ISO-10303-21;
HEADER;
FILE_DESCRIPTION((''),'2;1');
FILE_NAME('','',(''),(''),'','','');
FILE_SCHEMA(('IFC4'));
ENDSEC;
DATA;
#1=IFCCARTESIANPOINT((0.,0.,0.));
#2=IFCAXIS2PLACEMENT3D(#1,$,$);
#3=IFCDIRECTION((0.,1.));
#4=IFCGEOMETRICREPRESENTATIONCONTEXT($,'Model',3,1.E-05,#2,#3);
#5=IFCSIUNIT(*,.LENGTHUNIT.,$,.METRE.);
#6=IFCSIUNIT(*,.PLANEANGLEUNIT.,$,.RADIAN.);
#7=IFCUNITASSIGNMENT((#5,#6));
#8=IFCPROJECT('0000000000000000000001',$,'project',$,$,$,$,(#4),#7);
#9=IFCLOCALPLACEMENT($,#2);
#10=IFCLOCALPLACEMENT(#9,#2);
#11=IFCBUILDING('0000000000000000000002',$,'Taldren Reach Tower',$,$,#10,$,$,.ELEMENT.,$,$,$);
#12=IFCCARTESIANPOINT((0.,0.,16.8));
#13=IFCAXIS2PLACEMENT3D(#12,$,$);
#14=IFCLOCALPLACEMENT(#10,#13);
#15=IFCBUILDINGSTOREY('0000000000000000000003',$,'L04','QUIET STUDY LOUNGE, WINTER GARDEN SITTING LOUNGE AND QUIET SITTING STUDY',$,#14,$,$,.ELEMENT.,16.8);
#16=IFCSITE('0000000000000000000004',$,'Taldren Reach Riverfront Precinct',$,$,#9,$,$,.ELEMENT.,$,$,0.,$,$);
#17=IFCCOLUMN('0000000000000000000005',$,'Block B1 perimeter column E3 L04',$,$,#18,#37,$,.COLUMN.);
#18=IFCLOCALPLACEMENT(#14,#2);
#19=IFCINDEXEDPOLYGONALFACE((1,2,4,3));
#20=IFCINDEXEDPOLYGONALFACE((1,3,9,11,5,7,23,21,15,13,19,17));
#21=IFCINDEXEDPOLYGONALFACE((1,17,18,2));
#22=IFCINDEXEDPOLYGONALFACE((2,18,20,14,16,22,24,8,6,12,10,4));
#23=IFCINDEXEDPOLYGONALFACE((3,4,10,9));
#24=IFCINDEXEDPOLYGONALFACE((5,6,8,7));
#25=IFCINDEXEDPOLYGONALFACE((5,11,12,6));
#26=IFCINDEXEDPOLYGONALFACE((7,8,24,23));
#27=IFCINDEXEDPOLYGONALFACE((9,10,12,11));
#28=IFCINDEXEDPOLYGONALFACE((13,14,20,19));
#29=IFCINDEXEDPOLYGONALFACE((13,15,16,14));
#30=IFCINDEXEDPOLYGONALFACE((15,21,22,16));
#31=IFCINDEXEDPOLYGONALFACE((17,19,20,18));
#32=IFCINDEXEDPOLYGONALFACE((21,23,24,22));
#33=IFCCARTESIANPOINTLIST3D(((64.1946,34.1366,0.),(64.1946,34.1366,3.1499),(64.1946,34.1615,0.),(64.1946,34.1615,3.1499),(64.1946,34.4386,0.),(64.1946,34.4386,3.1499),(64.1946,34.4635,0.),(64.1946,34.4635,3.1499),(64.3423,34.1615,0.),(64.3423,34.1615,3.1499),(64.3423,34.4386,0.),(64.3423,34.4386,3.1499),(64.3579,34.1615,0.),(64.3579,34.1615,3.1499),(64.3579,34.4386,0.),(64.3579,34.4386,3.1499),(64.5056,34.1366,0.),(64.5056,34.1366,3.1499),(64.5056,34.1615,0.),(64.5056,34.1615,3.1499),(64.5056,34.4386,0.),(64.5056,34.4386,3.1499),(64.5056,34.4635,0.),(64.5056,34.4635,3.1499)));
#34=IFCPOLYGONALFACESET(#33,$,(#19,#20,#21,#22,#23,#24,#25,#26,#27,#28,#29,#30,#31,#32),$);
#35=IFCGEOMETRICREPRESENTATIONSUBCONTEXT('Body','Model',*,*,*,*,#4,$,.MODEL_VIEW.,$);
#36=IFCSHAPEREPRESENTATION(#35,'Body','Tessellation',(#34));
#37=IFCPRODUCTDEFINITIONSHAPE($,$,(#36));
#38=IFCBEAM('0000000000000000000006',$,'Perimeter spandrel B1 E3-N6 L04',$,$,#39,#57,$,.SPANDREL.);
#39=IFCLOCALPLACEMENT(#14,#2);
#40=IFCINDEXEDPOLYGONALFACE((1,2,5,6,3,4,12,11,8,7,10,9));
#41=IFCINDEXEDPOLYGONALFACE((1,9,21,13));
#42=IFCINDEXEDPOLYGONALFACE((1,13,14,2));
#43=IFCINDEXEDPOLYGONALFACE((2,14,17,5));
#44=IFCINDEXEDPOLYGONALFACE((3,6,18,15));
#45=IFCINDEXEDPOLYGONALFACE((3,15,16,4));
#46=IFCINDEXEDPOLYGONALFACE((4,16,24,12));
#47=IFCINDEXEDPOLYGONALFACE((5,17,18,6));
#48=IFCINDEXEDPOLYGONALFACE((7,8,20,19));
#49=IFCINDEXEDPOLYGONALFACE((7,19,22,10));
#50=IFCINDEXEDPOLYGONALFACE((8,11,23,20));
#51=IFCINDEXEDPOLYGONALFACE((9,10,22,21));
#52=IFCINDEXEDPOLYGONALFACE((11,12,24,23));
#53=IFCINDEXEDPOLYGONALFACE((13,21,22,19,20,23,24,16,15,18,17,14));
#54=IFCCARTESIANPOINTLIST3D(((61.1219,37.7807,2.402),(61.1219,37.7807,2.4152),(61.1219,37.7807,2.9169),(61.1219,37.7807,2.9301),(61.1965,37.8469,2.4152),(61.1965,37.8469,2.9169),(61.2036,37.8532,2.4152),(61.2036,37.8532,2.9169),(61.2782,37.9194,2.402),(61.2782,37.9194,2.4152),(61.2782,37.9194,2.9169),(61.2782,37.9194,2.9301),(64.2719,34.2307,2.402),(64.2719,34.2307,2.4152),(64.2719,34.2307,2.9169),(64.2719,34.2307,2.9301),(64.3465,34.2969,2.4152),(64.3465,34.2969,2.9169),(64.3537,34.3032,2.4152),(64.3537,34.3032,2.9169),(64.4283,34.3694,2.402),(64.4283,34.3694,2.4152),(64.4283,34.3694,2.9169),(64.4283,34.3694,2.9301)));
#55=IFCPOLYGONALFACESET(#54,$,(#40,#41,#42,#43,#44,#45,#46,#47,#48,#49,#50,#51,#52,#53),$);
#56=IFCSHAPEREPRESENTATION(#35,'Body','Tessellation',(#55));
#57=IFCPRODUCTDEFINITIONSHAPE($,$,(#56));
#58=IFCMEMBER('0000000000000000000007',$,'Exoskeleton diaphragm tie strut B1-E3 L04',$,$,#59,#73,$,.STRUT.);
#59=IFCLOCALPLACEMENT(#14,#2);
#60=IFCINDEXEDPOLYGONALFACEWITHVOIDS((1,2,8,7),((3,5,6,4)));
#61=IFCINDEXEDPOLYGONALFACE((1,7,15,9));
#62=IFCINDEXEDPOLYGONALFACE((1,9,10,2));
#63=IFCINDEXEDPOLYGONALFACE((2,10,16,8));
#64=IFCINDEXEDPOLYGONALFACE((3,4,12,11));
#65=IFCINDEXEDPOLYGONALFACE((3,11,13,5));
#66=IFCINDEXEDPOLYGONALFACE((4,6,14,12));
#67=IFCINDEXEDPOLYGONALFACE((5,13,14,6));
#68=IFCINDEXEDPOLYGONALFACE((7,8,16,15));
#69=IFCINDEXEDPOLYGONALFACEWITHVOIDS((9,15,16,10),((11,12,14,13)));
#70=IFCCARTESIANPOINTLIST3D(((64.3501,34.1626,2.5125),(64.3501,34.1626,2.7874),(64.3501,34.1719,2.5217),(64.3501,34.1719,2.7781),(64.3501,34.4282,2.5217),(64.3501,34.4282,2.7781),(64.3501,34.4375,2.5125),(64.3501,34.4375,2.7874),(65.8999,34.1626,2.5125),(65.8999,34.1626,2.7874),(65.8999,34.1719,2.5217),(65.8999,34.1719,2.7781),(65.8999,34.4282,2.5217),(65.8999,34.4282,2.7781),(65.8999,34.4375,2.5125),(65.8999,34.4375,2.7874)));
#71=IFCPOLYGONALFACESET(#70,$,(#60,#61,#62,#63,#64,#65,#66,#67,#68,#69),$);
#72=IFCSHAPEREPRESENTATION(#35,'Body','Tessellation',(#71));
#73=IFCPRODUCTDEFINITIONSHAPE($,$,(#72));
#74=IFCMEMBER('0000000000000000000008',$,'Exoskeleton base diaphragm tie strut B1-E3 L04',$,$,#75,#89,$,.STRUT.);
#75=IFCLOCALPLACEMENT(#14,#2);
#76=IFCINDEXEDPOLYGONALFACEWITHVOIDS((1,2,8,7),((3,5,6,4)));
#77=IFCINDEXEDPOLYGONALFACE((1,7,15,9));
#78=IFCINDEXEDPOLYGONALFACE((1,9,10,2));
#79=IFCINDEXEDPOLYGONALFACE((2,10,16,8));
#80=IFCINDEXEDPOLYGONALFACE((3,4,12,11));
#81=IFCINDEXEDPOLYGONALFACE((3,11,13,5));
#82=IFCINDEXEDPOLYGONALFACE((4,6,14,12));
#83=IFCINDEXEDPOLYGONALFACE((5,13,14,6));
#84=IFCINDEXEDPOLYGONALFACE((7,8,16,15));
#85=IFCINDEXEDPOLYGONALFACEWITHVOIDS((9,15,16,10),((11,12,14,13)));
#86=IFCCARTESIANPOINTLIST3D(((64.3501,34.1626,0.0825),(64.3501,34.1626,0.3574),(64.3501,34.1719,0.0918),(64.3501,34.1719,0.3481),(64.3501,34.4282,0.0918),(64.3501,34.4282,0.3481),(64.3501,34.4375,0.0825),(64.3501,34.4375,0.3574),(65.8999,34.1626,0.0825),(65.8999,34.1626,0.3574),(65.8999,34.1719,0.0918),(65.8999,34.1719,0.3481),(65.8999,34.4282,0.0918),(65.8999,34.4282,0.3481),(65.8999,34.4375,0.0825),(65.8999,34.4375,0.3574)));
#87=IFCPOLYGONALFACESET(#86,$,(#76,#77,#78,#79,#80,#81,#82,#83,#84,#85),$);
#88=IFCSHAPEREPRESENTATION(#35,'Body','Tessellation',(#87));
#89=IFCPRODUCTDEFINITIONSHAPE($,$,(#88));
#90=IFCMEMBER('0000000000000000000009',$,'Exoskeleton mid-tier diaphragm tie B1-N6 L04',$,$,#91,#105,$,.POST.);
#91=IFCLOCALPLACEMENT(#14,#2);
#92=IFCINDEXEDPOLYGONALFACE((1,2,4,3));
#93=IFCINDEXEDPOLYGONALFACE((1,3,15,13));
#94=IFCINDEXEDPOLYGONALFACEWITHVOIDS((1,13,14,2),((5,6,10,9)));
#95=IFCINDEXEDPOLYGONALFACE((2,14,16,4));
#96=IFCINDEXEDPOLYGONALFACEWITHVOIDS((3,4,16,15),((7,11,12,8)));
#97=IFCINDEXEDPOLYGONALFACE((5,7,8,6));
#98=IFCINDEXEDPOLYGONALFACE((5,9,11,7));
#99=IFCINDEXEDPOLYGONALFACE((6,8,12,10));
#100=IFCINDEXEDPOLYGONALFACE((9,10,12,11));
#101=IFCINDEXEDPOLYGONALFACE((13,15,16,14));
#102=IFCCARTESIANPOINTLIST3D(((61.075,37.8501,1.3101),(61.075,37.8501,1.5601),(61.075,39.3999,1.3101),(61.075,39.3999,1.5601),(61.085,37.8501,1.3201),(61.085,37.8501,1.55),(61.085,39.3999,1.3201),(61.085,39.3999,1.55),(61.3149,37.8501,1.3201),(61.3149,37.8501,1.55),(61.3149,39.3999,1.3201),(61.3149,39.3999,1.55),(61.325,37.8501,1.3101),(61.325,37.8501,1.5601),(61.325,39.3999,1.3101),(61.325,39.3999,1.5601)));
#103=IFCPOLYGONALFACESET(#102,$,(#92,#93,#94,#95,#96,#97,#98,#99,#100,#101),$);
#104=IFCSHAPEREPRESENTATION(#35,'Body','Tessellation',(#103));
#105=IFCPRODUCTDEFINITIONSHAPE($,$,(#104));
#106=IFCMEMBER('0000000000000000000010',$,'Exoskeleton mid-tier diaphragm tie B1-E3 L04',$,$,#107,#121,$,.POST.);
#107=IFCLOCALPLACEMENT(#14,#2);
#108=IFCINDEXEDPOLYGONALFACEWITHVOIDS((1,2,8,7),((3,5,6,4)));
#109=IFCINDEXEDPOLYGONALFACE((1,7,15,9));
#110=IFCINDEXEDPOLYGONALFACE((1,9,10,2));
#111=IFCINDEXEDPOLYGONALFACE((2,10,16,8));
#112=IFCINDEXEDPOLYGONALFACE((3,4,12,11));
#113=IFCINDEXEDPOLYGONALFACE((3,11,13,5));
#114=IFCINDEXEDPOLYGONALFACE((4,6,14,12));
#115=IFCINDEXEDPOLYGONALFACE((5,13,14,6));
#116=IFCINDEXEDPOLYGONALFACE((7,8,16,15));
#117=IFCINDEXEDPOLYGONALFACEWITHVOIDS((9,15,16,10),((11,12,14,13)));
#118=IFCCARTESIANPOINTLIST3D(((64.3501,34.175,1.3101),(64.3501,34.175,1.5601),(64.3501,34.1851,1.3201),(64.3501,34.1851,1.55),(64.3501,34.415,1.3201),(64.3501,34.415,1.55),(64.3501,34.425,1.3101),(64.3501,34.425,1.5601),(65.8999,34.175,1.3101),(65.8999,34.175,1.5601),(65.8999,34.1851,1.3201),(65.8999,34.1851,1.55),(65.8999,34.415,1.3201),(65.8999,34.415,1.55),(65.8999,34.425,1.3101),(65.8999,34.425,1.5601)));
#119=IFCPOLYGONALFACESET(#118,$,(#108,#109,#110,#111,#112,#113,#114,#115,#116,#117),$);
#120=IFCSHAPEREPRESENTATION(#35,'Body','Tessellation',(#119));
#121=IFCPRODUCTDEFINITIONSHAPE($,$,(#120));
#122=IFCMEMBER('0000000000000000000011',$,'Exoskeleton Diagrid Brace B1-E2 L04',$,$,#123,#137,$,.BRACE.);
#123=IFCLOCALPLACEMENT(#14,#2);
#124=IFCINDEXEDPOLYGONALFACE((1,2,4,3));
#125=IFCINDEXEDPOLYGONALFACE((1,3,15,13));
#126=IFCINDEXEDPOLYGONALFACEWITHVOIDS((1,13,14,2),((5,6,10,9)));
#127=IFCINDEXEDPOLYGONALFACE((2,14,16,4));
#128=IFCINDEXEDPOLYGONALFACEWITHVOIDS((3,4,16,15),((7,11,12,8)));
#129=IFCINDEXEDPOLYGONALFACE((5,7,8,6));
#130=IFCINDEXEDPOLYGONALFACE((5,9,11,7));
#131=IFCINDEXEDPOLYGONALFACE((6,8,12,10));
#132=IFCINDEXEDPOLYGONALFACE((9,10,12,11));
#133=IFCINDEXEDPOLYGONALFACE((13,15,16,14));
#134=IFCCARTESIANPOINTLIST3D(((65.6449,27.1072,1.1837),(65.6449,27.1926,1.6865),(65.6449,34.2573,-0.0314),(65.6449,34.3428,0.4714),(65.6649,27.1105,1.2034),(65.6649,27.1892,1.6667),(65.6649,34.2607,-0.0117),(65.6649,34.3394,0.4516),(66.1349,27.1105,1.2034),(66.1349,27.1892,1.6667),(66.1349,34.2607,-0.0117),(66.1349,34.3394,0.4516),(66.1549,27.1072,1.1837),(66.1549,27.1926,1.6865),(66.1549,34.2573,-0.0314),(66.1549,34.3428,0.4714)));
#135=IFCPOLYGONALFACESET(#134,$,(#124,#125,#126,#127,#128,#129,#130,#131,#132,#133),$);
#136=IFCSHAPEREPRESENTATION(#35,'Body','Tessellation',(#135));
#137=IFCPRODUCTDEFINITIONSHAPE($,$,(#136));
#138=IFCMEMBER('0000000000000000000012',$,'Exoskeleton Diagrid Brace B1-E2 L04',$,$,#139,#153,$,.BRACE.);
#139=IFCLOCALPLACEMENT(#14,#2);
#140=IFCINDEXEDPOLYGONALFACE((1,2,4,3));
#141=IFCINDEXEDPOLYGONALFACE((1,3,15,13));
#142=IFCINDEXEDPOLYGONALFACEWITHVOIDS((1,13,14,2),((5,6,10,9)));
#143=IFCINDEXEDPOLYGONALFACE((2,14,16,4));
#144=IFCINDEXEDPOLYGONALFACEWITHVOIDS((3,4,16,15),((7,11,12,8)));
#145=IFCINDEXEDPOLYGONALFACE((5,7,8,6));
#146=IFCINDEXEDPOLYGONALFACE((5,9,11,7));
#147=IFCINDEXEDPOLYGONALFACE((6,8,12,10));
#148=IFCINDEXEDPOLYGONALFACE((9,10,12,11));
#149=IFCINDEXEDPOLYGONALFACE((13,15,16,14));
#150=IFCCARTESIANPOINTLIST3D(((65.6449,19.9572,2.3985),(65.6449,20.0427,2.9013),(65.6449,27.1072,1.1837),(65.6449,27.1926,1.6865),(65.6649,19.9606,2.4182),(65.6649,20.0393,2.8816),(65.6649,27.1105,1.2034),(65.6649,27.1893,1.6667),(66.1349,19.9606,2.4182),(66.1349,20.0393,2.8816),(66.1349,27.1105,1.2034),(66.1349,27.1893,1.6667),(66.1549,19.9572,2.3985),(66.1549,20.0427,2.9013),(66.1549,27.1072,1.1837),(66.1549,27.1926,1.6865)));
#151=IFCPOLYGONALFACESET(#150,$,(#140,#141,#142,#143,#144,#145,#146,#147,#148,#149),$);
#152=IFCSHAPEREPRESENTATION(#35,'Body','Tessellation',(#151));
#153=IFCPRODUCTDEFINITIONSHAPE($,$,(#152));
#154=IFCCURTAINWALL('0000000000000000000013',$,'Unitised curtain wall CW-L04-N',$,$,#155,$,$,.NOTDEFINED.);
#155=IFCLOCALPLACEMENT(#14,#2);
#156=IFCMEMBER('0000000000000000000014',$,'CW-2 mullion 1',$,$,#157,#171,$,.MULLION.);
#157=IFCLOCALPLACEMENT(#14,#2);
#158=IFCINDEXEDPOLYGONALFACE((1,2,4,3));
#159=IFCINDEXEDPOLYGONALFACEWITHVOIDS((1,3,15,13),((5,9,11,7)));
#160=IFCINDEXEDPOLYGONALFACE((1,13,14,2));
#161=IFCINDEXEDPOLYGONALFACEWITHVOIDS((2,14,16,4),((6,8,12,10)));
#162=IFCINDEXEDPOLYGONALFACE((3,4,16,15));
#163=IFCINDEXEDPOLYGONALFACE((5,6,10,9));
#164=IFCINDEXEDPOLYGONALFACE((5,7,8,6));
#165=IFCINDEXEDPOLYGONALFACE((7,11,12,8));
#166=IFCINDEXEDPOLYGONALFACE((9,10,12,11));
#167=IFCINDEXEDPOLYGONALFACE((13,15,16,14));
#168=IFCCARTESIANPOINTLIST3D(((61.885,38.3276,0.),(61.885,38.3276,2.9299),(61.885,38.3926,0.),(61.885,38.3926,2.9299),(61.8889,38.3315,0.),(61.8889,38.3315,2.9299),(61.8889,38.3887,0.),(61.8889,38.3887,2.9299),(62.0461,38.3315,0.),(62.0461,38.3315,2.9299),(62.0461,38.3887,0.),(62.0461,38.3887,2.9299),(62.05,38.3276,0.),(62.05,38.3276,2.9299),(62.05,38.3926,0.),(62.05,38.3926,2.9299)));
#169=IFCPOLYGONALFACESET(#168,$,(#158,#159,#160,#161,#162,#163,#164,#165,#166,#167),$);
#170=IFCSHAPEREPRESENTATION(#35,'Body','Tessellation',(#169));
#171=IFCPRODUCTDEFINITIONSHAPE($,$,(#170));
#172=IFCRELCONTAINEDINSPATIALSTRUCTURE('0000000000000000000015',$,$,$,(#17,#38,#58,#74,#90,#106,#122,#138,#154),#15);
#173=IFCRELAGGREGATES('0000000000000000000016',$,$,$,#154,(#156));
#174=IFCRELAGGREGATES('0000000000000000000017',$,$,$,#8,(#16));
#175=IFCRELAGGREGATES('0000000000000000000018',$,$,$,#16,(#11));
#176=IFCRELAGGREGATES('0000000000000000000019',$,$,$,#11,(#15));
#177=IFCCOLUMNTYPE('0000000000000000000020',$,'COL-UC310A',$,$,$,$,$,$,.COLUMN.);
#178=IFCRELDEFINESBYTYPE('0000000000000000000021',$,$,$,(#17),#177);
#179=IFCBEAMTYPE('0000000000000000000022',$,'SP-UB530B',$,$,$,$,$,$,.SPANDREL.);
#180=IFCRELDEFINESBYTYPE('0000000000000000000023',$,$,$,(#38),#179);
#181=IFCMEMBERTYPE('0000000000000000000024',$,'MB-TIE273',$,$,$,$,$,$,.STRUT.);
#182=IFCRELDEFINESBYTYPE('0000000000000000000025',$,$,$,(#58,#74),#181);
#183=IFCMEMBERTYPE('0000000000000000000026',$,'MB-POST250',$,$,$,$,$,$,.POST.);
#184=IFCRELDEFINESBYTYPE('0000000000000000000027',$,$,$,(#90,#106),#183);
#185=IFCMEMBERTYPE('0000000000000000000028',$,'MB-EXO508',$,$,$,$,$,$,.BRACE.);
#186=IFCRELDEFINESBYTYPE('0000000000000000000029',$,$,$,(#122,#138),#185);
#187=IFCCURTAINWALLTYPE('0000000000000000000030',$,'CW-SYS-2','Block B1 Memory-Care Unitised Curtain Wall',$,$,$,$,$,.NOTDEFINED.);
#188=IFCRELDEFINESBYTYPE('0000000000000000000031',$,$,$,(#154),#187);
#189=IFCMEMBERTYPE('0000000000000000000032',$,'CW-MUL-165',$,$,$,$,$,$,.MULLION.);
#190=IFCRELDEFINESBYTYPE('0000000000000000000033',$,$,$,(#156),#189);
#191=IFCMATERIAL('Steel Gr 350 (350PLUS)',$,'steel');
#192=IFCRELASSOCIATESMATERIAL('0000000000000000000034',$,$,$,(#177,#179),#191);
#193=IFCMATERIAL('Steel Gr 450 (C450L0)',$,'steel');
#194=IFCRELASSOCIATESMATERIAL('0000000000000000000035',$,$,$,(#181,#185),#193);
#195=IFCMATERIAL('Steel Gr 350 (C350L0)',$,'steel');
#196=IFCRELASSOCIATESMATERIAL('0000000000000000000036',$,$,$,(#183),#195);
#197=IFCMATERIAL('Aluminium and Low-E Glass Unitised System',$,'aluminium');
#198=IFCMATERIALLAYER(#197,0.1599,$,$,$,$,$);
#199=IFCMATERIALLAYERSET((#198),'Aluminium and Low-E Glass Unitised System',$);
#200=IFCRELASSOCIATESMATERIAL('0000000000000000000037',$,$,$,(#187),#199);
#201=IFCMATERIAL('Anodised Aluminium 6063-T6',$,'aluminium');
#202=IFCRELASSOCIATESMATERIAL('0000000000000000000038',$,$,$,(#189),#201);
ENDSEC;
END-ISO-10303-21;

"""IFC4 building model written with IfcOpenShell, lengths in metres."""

from ifc_helpers import new_model, si_unit, direction, frame, origin, origin_2d, place, context, subcontext, project, spatial, hollow_rectangle, i_section, extrude, source, transform, mapped, material, layer, layer_set, material_profile, profile_set, type_object, element, aggregate, save


model = new_model("IFC4")

# Units and contexts
model_context = context("Model", 3, precision=1e-05, world=origin(), true_north=direction((0.0, 1.0)))
body_context = subcontext(model_context, "Body", "Model", "MODEL_VIEW")
ifc_project = project(units=[si_unit("LENGTHUNIT", "METRE"), si_unit("PLANEANGLEUNIT", "RADIAN")], contexts=[model_context])

# Site, building, storey
site_placement = place(None, origin())
site = spatial("IfcSite", under=ifc_project, at=site_placement, Name="Taldren Reach Riverfront Precinct", CompositionType="ELEMENT", RefElevation=0.0)
building_placement = place(site_placement, origin())
building = spatial("IfcBuilding", under=site, at=building_placement, Name="Taldren Reach Tower", CompositionType="ELEMENT")
storey_placement = place(building_placement, frame((0.0, 0.0, 16.8)))
storey = spatial("IfcBuildingStorey", under=building, at=storey_placement, Name="L04", Description="QUIET STUDY LOUNGE, WINTER GARDEN SITTING LOUNGE AND QUIET SITTING STUDY", CompositionType="ELEMENT", Elevation=16.8)

# Column
ifc_material_1 = material(Name="Steel Gr 350 (350PLUS)", Category="steel")
ifc_material_profile_1 = material_profile(ifc_material_1, i_section(OverallWidth=0.311, OverallDepth=0.3269, WebThickness=0.0156, FlangeThickness=0.0249, at=origin_2d()), Name="310UC158")
ifc_profile_set_1 = profile_set([ifc_material_profile_1], Name="Steel Gr 350 (350PLUS)")
column_type = type_object("IfcColumnType", Name="COL-UC310A", PredefinedType="COLUMN", material=ifc_profile_set_1)
shared_shape_1 = source(origin(), body_context, "Body", "SweptSolid", [
    extrude(i_section(OverallWidth=0.311, OverallDepth=0.3269, WebThickness=0.0156, FlangeThickness=0.0249, at=origin_2d()), origin(), (0.0, 0.0, 1.0), 3.1499),
])
column_placement = place(storey_placement, frame((64.3501, 34.3, 0.0), z_axis=(0.0, 0.0, 1.0), x_axis=(1.0, 0.0, 0.0)))
element("IfcColumn", 1, at=column_placement, inside=storey, type_object=column_type, Name="Block B1 perimeter column E3 L04", PredefinedType="COLUMN", context=body_context, shape_type="MappedRepresentation", body=[
    mapped(shared_shape_1, transform((0.0, 0.0, 0.0), scale=1.0)),
])

# Beam
ifc_material_profile_2 = material_profile(ifc_material_1, i_section(OverallWidth=0.209, OverallDepth=0.5281, WebThickness=0.0095, FlangeThickness=0.0132, at=origin_2d()), Name="530UB82.0")
ifc_profile_set_2 = profile_set([ifc_material_profile_2], Name="Steel Gr 350 (350PLUS)")
beam_type = type_object("IfcBeamType", Name="SP-UB530B", PredefinedType="SPANDREL", material=ifc_profile_set_2)
shared_shape_2 = source(origin(), body_context, "Body", "SweptSolid", [
    extrude(i_section(OverallWidth=0.209, OverallDepth=0.5281, WebThickness=0.0095, FlangeThickness=0.0132, at=origin_2d()), origin(), (0.0, 0.0, 1.0), 4.7461),
])
beam_placement = place(storey_placement, frame((64.3501, 34.3, 2.666), z_axis=(-0.663722, 0.747979, 0.0), x_axis=(-0.747979, -0.663722, 0.0)))
element("IfcBeam", 2, at=beam_placement, inside=storey, type_object=beam_type, Name="Perimeter spandrel B1 E3-N6 L04", PredefinedType="SPANDREL", context=body_context, shape_type="MappedRepresentation", body=[
    mapped(shared_shape_2, transform((0.0, 0.0, 0.0), scale=1.0)),
])

# Members
ifc_material_2 = material(Name="Steel Gr 450 (C450L0)", Category="steel")
ifc_material_profile_3 = material_profile(ifc_material_2, hollow_rectangle(XDim=0.2749, YDim=0.2749, WallThickness=0.0093, at=origin_2d()), Name="275x275x9.3SHS")
ifc_profile_set_3 = profile_set([ifc_material_profile_3], Name="Steel Gr 450 (C450L0)")
member_type_1 = type_object("IfcMemberType", Name="MB-TIE273", PredefinedType="STRUT", material=ifc_profile_set_3)
shared_shape_3 = source(origin(), body_context, "Body", "SweptSolid", [
    extrude(hollow_rectangle(XDim=0.2749, YDim=0.2749, WallThickness=0.0093, at=origin_2d()), origin(), (0.0, 0.0, 1.0), 1.5498),
])
for number, where, z_axis, x_axis, name in (
    (3, (64.3501, 34.3, 2.6499), (1.0, 0.0, 0.0), (0.0, 1.0, 0.0), "Exoskeleton diaphragm tie strut B1-E3 L04"),
    (4, (64.3501, 34.3, 0.22), (1.0, 0.0, 0.0), (0.0, 1.0, 0.0), "Exoskeleton base diaphragm tie strut B1-E3 L04"),
):
    element("IfcMember", number, at=place(storey_placement, frame(where, z_axis=z_axis, x_axis=x_axis)), inside=storey, type_object=member_type_1, Name=name, PredefinedType="STRUT", context=body_context, shape_type="MappedRepresentation", body=[
        mapped(shared_shape_3, transform((0.0, 0.0, 0.0), scale=1.0)),
    ])
ifc_material_3 = material(Name="Steel Gr 350 (C350L0)", Category="steel")
ifc_material_profile_4 = material_profile(ifc_material_3, hollow_rectangle(XDim=0.25, YDim=0.25, WallThickness=0.01, at=origin_2d()), Name="250x250x10.0SHS")
ifc_profile_set_4 = profile_set([ifc_material_profile_4], Name="Steel Gr 350 (C350L0)")
member_type_2 = type_object("IfcMemberType", Name="MB-POST250", PredefinedType="POST", material=ifc_profile_set_4)
shared_shape_4 = source(origin(), body_context, "Body", "SweptSolid", [
    extrude(hollow_rectangle(XDim=0.25, YDim=0.25, WallThickness=0.01, at=origin_2d()), origin(), (0.0, 0.0, 1.0), 1.5498),
])
for number, where, z_axis, x_axis, name in (
    (5, (61.2, 37.8501, 1.4351), (0.0, 1.0, 0.0), (-1.0, 0.0, 0.0), "Exoskeleton mid-tier diaphragm tie B1-N6 L04"),
    (6, (64.3501, 34.3, 1.4351), (1.0, 0.0, 0.0), (0.0, 1.0, 0.0), "Exoskeleton mid-tier diaphragm tie B1-E3 L04"),
):
    element("IfcMember", number, at=place(storey_placement, frame(where, z_axis=z_axis, x_axis=x_axis)), inside=storey, type_object=member_type_2, Name=name, PredefinedType="POST", context=body_context, shape_type="MappedRepresentation", body=[
        mapped(shared_shape_4, transform((0.0, 0.0, 0.0), scale=1.0)),
    ])
ifc_material_profile_5 = material_profile(ifc_material_2, hollow_rectangle(XDim=0.51, YDim=0.51, WallThickness=0.02, at=origin_2d()), Name="510x510x20.0SHS")
ifc_profile_set_5 = profile_set([ifc_material_profile_5], Name="Steel Gr 450 (C450L0)")
member_type_3 = type_object("IfcMemberType", Name="MB-EXO508", PredefinedType="BRACE", material=ifc_profile_set_5)
shared_shape_5 = source(origin(), body_context, "Body", "SweptSolid", [
    extrude(hollow_rectangle(XDim=0.51, YDim=0.51, WallThickness=0.02, at=origin_2d()), origin(), (0.0, 0.0, 1.0), 7.2527),
])
member_1_placement = place(storey_placement, frame((65.8999, 34.3, 0.22), z_axis=(0.0, -0.985866, 0.167537), x_axis=(1.0, 0.0, 0.0)))
element("IfcMember", 7, at=member_1_placement, inside=storey, type_object=member_type_3, Name="Exoskeleton Diagrid Brace B1-E2 L04", PredefinedType="BRACE", context=body_context, shape_type="MappedRepresentation", body=[
    mapped(shared_shape_5, transform((0.0, 0.0, 0.0), scale=1.0)),
])
shared_shape_6 = source(origin(), body_context, "Body", "SweptSolid", [
    extrude(hollow_rectangle(XDim=0.51, YDim=0.51, WallThickness=0.02, at=origin_2d()), origin(), (0.0, 0.0, 1.0), 7.2524),
])
member_2_placement = place(storey_placement, frame((65.8999, 27.1499, 1.4351), z_axis=(0.0, -0.98587, 0.16751), x_axis=(1.0, 0.0, 0.0)))
element("IfcMember", 8, at=member_2_placement, inside=storey, type_object=member_type_3, Name="Exoskeleton Diagrid Brace B1-E2 L04", PredefinedType="BRACE", context=body_context, shape_type="MappedRepresentation", body=[
    mapped(shared_shape_6, transform((0.0, 0.0, 0.0), scale=1.0)),
])

# Curtain wall, member
ifc_material_4 = material(Name="Aluminium and Low-E Glass Unitised System", Category="aluminium")
ifc_layer_1 = layer(ifc_material_4, 0.1599)
ifc_layer_set_1 = layer_set([ifc_layer_1], Name="Aluminium and Low-E Glass Unitised System")
curtain_wall_type = type_object("IfcCurtainWallType", Name="CW-SYS-2", Description="Block B1 Memory-Care Unitised Curtain Wall", PredefinedType="NOTDEFINED", material=ifc_layer_set_1)
curtain_wall_1_placement = place(storey_placement, origin())
curtain_wall_1 = element("IfcCurtainWall", 9, at=curtain_wall_1_placement, inside=storey, type_object=curtain_wall_type, Name="Unitised curtain wall CW-L04-N", PredefinedType="NOTDEFINED")
ifc_material_5 = material(Name="Anodised Aluminium 6063-T6", Category="aluminium")
ifc_material_profile_6 = material_profile(ifc_material_5, hollow_rectangle(XDim=0.0649, YDim=0.165, WallThickness=0.0039, at=origin_2d()), Name="ALU-165x65x4RHS")
ifc_profile_set_6 = profile_set([ifc_material_profile_6], Name="Anodised Aluminium 6063-T6")
member_type_4 = type_object("IfcMemberType", Name="CW-MUL-165", PredefinedType="MULLION", material=ifc_profile_set_6)
shared_shape_7 = source(origin(), body_context, "Body", "SweptSolid", [
    extrude(hollow_rectangle(XDim=0.0649, YDim=0.165, WallThickness=0.0039, at=origin_2d()), origin(), (0.0, 0.0, 1.0), 2.9299),
])
member_3_placement = place(storey_placement, frame((61.9675, 38.3601, 0.0), z_axis=(0.0, 0.0, 1.0), x_axis=(0.0, -1.0, 0.0)))
member_3 = element("IfcMember", 10, at=member_3_placement, type_object=member_type_4, Name="CW-2 mullion 1", PredefinedType="MULLION", context=body_context, shape_type="MappedRepresentation", body=[
    mapped(shared_shape_7, transform((0.0, 0.0, 0.0), scale=1.0)),
])

aggregate(curtain_wall_1, [member_3])

save(model, "model.ifc")
